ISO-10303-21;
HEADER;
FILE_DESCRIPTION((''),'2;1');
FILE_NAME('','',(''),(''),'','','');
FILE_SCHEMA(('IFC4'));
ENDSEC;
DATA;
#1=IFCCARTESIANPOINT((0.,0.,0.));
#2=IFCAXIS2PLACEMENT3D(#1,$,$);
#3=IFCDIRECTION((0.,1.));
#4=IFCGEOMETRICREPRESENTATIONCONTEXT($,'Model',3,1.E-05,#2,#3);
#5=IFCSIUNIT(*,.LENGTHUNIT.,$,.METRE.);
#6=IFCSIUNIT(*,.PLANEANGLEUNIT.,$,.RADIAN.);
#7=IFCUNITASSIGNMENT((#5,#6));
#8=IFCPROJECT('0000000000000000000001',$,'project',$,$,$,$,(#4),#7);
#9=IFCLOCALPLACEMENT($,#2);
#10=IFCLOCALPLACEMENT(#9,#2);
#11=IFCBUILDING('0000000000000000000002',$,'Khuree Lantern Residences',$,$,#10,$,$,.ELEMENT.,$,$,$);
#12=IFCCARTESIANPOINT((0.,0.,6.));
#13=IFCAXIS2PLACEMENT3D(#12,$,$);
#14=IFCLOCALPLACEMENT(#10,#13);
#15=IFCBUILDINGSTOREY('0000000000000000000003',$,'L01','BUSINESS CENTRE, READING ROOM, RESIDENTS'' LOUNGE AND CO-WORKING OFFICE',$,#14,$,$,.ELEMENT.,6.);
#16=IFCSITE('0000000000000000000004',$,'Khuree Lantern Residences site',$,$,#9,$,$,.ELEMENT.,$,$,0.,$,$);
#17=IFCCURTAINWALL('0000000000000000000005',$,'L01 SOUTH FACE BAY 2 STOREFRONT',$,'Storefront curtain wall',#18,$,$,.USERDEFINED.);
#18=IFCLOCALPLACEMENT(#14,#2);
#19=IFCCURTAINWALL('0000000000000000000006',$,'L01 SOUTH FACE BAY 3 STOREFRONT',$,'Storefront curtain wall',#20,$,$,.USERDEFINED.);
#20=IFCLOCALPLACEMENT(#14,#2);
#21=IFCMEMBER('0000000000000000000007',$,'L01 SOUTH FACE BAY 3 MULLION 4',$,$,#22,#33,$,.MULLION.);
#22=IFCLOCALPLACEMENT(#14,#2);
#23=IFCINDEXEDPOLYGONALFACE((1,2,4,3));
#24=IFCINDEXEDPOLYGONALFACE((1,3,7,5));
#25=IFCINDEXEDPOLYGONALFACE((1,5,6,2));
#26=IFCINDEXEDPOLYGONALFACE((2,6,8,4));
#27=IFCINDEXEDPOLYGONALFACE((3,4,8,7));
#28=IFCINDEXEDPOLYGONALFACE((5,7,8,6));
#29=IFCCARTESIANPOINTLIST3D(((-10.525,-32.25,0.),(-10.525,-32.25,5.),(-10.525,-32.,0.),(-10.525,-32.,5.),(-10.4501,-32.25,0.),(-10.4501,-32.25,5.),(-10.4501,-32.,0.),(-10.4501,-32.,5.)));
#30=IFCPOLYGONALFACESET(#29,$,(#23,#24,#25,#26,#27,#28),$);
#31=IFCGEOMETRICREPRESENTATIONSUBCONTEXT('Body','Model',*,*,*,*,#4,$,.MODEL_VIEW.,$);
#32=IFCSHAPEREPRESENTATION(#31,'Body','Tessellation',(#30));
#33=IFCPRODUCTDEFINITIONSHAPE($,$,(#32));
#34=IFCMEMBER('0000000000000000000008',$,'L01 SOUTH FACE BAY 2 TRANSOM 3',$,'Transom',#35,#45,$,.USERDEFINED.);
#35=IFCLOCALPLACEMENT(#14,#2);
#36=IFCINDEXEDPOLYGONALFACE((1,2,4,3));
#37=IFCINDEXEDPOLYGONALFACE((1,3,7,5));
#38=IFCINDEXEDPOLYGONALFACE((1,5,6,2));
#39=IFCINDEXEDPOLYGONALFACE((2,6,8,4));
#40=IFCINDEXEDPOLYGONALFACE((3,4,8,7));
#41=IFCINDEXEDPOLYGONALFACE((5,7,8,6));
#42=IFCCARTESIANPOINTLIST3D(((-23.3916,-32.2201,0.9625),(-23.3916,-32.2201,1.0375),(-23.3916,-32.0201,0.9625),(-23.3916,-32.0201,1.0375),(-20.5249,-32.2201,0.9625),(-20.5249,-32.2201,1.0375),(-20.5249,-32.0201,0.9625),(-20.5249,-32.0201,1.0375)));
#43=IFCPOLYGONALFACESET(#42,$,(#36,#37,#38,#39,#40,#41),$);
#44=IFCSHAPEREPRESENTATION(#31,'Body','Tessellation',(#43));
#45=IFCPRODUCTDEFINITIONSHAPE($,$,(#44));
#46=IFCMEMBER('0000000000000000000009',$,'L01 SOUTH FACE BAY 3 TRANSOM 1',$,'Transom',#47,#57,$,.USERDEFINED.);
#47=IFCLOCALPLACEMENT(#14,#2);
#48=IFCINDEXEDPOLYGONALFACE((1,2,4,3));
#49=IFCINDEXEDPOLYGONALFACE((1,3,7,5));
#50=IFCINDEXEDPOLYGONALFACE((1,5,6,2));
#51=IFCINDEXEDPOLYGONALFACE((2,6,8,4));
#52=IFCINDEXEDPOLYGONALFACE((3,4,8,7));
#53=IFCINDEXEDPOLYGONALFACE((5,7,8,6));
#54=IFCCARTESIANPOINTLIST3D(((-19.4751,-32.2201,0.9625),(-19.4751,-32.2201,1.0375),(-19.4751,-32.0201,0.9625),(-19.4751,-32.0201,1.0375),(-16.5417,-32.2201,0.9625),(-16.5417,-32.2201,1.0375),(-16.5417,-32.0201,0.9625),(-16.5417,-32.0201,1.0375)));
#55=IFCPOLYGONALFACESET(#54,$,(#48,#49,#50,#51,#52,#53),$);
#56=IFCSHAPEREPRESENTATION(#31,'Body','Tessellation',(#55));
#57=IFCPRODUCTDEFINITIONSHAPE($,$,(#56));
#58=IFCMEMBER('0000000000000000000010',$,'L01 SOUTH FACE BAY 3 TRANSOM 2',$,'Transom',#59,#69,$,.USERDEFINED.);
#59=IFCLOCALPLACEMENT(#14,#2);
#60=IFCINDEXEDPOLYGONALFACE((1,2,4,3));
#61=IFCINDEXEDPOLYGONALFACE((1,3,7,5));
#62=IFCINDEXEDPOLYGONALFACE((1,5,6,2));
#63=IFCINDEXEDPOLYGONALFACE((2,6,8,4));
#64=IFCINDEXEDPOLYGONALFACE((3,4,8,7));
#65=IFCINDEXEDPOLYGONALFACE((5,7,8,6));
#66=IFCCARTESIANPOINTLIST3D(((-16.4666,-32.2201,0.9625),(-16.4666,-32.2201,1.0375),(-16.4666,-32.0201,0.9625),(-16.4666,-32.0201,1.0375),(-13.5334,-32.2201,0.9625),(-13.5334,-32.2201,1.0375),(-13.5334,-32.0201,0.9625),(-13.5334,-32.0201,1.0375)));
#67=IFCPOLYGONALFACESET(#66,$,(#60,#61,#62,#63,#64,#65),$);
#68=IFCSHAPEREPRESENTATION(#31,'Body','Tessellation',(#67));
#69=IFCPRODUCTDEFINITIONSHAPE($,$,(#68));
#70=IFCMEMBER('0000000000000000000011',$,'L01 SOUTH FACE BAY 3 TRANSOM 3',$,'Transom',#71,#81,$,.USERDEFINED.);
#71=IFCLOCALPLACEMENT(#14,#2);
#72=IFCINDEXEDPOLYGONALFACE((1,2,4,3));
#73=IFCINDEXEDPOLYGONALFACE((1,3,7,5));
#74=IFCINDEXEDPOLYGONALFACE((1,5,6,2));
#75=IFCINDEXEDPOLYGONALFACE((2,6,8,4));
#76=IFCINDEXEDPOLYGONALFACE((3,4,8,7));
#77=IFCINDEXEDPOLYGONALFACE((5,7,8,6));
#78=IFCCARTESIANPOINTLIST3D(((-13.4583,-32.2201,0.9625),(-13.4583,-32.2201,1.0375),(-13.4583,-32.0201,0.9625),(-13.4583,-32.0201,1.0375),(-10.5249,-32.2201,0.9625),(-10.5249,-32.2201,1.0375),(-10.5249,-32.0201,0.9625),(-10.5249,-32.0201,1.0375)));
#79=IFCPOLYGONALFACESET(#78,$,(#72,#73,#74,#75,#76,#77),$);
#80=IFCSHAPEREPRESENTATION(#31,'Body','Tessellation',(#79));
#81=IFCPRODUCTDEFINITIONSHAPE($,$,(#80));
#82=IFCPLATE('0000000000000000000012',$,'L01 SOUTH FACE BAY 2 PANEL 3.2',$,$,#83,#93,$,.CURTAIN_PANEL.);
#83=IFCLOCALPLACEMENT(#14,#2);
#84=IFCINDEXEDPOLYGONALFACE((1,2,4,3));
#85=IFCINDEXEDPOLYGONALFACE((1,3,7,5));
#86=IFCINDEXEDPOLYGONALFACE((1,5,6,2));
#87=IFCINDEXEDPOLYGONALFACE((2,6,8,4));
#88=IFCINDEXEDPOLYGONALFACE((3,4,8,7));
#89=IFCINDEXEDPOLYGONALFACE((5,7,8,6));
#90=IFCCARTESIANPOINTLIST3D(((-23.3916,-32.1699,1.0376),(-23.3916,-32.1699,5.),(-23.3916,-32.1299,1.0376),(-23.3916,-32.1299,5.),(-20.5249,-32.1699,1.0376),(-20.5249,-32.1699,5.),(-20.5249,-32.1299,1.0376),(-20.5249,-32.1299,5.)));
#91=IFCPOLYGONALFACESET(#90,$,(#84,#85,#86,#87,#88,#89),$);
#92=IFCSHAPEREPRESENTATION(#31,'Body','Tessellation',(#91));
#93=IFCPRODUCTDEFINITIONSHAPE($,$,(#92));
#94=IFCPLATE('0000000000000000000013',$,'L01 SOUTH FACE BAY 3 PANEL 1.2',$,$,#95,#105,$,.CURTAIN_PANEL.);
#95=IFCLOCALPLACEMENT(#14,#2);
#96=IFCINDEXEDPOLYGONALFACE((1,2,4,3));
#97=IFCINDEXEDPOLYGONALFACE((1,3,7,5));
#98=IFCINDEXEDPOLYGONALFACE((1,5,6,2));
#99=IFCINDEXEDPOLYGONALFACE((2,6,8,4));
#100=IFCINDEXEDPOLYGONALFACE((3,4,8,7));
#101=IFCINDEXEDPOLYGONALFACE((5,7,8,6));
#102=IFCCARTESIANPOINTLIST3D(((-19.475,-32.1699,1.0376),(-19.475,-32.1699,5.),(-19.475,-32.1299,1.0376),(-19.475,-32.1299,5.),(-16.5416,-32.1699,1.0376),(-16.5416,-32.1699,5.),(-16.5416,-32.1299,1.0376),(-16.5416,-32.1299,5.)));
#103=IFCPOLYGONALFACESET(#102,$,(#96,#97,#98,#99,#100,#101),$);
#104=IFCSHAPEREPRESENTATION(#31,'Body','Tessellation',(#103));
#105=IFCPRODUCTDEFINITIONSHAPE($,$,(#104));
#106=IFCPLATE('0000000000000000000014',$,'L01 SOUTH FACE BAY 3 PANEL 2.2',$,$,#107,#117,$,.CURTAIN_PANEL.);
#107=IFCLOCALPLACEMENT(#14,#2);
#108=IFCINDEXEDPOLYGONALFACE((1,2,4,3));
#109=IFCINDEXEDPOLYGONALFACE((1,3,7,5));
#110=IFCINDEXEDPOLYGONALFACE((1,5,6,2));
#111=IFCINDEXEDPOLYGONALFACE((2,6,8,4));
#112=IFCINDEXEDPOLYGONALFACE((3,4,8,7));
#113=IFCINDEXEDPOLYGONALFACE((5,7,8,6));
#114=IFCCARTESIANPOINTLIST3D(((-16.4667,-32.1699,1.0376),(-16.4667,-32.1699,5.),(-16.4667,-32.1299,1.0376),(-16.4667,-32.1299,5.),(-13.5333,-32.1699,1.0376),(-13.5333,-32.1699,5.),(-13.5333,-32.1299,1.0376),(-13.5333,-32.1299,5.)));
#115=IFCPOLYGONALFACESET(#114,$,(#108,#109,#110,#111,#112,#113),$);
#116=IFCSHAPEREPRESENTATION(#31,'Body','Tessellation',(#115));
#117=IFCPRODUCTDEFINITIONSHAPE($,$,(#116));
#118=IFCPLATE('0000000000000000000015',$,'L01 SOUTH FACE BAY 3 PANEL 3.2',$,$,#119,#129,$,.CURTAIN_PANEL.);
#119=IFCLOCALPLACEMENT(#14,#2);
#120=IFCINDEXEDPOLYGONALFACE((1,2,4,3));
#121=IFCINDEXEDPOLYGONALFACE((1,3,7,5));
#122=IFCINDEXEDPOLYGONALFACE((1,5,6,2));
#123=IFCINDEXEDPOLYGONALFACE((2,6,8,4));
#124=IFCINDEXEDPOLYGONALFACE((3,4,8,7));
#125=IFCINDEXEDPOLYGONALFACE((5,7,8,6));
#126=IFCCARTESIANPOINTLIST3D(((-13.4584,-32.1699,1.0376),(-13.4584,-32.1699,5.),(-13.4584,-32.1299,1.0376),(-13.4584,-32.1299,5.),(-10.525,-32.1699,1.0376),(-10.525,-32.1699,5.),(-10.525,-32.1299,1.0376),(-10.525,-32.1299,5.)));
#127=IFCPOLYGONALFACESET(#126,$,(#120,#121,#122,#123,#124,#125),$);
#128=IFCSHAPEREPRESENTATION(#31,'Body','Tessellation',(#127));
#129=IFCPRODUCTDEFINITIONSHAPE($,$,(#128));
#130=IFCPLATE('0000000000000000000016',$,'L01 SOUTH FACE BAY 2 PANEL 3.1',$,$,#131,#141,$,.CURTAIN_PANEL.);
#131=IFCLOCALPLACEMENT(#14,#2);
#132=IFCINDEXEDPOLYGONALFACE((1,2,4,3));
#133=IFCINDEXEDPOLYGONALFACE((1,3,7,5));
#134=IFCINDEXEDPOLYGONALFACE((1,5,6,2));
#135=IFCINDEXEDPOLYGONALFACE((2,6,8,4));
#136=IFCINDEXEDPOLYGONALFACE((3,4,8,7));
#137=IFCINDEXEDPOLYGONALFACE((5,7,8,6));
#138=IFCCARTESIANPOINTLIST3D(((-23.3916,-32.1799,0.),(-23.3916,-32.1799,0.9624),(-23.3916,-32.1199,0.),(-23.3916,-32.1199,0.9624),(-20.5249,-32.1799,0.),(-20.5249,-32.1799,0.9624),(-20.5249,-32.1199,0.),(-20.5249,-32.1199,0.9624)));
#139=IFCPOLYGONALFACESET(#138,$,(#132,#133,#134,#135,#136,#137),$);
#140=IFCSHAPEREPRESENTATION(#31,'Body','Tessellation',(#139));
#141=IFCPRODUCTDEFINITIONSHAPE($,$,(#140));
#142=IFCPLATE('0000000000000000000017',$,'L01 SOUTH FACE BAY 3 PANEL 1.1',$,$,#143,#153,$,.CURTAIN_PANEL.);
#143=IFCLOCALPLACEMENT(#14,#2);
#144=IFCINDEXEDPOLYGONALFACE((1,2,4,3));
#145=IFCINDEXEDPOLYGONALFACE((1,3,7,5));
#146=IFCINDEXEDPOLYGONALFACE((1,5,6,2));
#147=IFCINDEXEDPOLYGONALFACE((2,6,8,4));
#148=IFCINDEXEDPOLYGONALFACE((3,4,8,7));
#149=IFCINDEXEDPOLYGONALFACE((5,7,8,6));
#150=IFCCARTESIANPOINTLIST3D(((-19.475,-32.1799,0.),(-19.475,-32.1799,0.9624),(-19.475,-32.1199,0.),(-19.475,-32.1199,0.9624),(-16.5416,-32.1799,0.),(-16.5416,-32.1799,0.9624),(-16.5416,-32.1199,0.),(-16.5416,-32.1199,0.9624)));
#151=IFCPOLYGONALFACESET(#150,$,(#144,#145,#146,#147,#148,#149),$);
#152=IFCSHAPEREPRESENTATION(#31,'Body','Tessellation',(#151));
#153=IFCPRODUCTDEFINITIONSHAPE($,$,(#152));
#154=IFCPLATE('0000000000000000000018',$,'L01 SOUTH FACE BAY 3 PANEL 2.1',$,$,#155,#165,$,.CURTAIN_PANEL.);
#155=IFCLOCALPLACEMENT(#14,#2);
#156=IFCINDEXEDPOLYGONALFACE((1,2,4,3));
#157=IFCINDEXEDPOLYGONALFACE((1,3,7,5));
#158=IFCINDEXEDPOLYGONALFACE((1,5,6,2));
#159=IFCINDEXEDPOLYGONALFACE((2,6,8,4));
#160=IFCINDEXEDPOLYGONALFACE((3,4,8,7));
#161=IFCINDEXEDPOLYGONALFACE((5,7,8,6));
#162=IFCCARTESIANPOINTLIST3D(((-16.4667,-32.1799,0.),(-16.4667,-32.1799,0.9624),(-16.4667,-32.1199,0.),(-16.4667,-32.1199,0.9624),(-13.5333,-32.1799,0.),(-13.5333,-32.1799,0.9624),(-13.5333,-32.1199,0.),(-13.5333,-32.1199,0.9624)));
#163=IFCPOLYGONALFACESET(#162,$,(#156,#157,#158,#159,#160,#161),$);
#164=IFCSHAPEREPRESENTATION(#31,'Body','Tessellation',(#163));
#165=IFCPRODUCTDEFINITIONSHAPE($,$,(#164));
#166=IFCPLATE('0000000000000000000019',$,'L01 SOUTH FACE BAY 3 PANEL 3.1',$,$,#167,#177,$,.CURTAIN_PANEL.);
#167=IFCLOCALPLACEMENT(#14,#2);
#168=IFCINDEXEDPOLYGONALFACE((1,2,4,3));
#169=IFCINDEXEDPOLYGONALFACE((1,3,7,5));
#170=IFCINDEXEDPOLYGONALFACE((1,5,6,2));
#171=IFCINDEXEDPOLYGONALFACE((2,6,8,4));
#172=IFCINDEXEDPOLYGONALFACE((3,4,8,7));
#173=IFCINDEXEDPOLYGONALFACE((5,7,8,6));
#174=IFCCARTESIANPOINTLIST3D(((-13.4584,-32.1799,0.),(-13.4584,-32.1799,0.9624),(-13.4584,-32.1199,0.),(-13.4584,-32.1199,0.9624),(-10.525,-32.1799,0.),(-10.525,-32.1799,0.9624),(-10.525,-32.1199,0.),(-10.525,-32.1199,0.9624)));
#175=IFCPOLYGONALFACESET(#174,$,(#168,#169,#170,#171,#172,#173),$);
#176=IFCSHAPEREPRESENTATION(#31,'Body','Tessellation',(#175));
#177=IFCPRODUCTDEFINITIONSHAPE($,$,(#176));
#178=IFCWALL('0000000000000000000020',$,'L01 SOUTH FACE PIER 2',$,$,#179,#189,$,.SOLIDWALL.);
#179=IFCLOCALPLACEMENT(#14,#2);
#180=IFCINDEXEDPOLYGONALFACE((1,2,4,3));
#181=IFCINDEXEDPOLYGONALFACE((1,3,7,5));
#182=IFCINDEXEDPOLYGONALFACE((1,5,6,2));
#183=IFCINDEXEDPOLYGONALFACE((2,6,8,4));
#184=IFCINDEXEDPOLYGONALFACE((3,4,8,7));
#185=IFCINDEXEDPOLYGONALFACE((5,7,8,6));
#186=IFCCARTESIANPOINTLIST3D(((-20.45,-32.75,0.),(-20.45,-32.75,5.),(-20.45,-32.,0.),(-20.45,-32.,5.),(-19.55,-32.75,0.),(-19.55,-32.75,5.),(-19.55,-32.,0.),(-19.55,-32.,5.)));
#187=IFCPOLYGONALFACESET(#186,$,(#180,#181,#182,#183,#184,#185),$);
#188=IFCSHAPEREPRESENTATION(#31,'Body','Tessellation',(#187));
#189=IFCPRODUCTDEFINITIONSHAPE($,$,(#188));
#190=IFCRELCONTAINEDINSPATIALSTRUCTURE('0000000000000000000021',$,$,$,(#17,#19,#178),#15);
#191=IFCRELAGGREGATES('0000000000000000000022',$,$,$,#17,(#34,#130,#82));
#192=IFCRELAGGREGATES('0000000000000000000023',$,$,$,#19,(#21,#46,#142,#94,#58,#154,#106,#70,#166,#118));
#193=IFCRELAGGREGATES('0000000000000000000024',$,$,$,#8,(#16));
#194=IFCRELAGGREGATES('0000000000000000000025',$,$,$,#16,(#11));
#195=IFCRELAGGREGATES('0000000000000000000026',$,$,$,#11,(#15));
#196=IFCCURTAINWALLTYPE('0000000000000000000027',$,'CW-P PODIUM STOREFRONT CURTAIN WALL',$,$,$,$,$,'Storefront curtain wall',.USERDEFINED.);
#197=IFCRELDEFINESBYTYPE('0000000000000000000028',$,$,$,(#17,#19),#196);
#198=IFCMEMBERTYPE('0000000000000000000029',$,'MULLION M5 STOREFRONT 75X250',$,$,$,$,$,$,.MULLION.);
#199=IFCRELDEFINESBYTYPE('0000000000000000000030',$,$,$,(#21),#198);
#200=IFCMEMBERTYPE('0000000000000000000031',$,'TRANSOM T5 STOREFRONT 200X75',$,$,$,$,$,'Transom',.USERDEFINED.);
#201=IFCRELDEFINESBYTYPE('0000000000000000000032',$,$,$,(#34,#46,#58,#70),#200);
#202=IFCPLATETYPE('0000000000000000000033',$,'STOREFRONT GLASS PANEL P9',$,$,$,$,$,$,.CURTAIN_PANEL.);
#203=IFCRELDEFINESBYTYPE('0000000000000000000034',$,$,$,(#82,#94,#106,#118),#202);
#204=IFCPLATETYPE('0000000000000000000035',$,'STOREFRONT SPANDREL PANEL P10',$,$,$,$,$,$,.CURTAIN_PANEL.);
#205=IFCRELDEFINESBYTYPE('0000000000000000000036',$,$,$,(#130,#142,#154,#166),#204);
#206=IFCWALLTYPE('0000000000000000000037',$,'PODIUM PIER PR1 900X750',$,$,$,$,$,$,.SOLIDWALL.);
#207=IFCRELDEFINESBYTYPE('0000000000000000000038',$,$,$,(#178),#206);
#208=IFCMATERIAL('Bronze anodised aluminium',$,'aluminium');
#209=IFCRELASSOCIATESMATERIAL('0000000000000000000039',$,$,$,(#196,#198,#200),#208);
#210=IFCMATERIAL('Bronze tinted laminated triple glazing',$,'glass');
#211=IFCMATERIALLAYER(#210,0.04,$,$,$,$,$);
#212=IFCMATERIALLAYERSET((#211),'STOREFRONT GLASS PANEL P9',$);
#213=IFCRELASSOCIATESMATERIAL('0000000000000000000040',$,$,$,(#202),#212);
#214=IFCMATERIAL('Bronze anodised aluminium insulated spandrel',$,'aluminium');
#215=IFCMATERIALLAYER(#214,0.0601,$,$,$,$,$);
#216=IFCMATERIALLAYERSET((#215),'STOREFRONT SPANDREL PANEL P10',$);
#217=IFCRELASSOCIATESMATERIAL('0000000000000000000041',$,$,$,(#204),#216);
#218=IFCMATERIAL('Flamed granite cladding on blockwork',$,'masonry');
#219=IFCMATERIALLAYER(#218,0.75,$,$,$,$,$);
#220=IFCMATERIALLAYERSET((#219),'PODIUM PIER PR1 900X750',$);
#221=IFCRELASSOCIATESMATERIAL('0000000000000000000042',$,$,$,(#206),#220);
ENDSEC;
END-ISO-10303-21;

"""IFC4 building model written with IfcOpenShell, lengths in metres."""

from ifc_helpers import new_model, si_unit, direction, frame, frame_2d, origin, origin_2d, place, context, subcontext, project, spatial, rectangle, extrude, material, layer, layer_set, material_profile, profile_set, type_object, element, aggregate, save


model = new_model("IFC4")

# Units and contexts
model_context = context("Model", 3, precision=1e-05, world=origin(), true_north=direction((0.0, 1.0)))
body_context = subcontext(model_context, "Body", "Model", "MODEL_VIEW")
ifc_project = project(units=[si_unit("LENGTHUNIT", "METRE"), si_unit("PLANEANGLEUNIT", "RADIAN")], contexts=[model_context])

# Site, building, storey
site_placement = place(None, origin())
site = spatial("IfcSite", under=ifc_project, at=site_placement, Name="Khuree Lantern Residences site", CompositionType="ELEMENT", RefElevation=0.0)
building_placement = place(site_placement, origin())
building = spatial("IfcBuilding", under=site, at=building_placement, Name="Khuree Lantern Residences", CompositionType="ELEMENT")
storey_placement = place(building_placement, frame((0.0, 0.0, 6.0)))
storey = spatial("IfcBuildingStorey", under=building, at=storey_placement, Name="L01", Description="BUSINESS CENTRE, READING ROOM, RESIDENTS' LOUNGE AND CO-WORKING OFFICE", CompositionType="ELEMENT", Elevation=6.0)

# Curtain wall
ifc_material_1 = material(Name="Bronze anodised aluminium", Category="aluminium")
curtain_wall_type = type_object("IfcCurtainWallType", Name="CW-P PODIUM STOREFRONT CURTAIN WALL", ElementType="Storefront curtain wall", PredefinedType="USERDEFINED", material=ifc_material_1)
curtain_wall_1_placement = place(storey_placement, origin())
curtain_wall_1 = element("IfcCurtainWall", 1, at=curtain_wall_1_placement, inside=storey, type_object=curtain_wall_type, Name="L01 SOUTH FACE BAY 2 STOREFRONT", ObjectType="Storefront curtain wall", PredefinedType="USERDEFINED")
ifc_material_profile_1 = material_profile(ifc_material_1, rectangle(XDim=0.075, YDim=0.25, at=origin_2d()), Name="M5 75X250")
ifc_profile_set_1 = profile_set([ifc_material_profile_1], Name="Bronze anodised aluminium")
member_type_1 = type_object("IfcMemberType", Name="MULLION M5 STOREFRONT 75X250", PredefinedType="MULLION", material=ifc_profile_set_1)

# Curtain wall, member
curtain_wall_2_placement = place(storey_placement, origin())
curtain_wall_2 = element("IfcCurtainWall", 2, at=curtain_wall_2_placement, inside=storey, type_object=curtain_wall_type, Name="L01 SOUTH FACE BAY 3 STOREFRONT", ObjectType="Storefront curtain wall", PredefinedType="USERDEFINED")
member_1_placement = place(storey_placement, frame((-10.4875, -32.125, 0.0), z_axis=(0.0, 0.0, 1.0), x_axis=(1.0, 0.0, 0.0)))
member_1 = element("IfcMember", 3, at=member_1_placement, type_object=member_type_1, Name="L01 SOUTH FACE BAY 3 MULLION 4", PredefinedType="MULLION", context=body_context, shape_type="SweptSolid", body=[
    extrude(rectangle(XDim=0.075, YDim=0.25, at=origin_2d()), origin(), (0.0, 0.0, 1.0), 5.0),
])

# Members
ifc_material_profile_2 = material_profile(ifc_material_1, rectangle(XDim=0.2, YDim=0.075, at=origin_2d()), Name="T5 200X75")
ifc_profile_set_2 = profile_set([ifc_material_profile_2], Name="Bronze anodised aluminium")
member_type_2 = type_object("IfcMemberType", Name="TRANSOM T5 STOREFRONT 200X75", ElementType="Transom", PredefinedType="USERDEFINED", material=ifc_profile_set_2)
member_2_placement = place(storey_placement, frame((-23.3916, -32.1201, 1.0), z_axis=(1.0, 0.0, 0.0), x_axis=(0.0, 1.0, 0.0)))
member_2 = element("IfcMember", 4, at=member_2_placement, type_object=member_type_2, Name="L01 SOUTH FACE BAY 2 TRANSOM 3", ObjectType="Transom", PredefinedType="USERDEFINED", context=body_context, shape_type="SweptSolid", body=[
    extrude(rectangle(XDim=0.2, YDim=0.075, at=origin_2d()), origin(), (0.0, 0.0, 1.0), 2.8667),
])
member_3_placement = place(storey_placement, frame((-19.4751, -32.1201, 1.0), z_axis=(1.0, 0.0, 0.0), x_axis=(0.0, 1.0, 0.0)))
member_3 = element("IfcMember", 5, at=member_3_placement, type_object=member_type_2, Name="L01 SOUTH FACE BAY 3 TRANSOM 1", ObjectType="Transom", PredefinedType="USERDEFINED", context=body_context, shape_type="SweptSolid", body=[
    extrude(rectangle(XDim=0.2, YDim=0.075, at=origin_2d()), origin(), (0.0, 0.0, 1.0), 2.9333),
])
member_4_placement = place(storey_placement, frame((-16.4666, -32.1201, 1.0), z_axis=(1.0, 0.0, 0.0), x_axis=(0.0, 1.0, 0.0)))
member_4 = element("IfcMember", 6, at=member_4_placement, type_object=member_type_2, Name="L01 SOUTH FACE BAY 3 TRANSOM 2", ObjectType="Transom", PredefinedType="USERDEFINED", context=body_context, shape_type="SweptSolid", body=[
    extrude(rectangle(XDim=0.2, YDim=0.075, at=origin_2d()), origin(), (0.0, 0.0, 1.0), 2.9331),
])
member_5_placement = place(storey_placement, frame((-13.4583, -32.1201, 1.0), z_axis=(1.0, 0.0, 0.0), x_axis=(0.0, 1.0, 0.0)))
member_5 = element("IfcMember", 7, at=member_5_placement, type_object=member_type_2, Name="L01 SOUTH FACE BAY 3 TRANSOM 3", ObjectType="Transom", PredefinedType="USERDEFINED", context=body_context, shape_type="SweptSolid", body=[
    extrude(rectangle(XDim=0.2, YDim=0.075, at=origin_2d()), origin(), (0.0, 0.0, 1.0), 2.9333),
])

# Plates
ifc_material_2 = material(Name="Bronze tinted laminated triple glazing", Category="glass")
ifc_layer_1 = layer(ifc_material_2, 0.04)
ifc_layer_set_1 = layer_set([ifc_layer_1], Name="STOREFRONT GLASS PANEL P9")
plate_type_1 = type_object("IfcPlateType", Name="STOREFRONT GLASS PANEL P9", PredefinedType="CURTAIN_PANEL", material=ifc_layer_set_1)
plate_1_placement = place(storey_placement, frame((-21.9583, -32.1499, 1.0376), z_axis=(0.0, 0.0, 1.0), x_axis=(1.0, 0.0, 0.0)))
plate_1 = element("IfcPlate", 8, at=plate_1_placement, type_object=plate_type_1, Name="L01 SOUTH FACE BAY 2 PANEL 3.2", PredefinedType="CURTAIN_PANEL", context=body_context, shape_type="SweptSolid", body=[
    extrude(rectangle(XDim=2.8667, YDim=0.04, at=origin_2d()), origin(), (0.0, 0.0, 1.0), 3.9624),
])
plate_2_placement = place(storey_placement, frame((-18.0083, -32.1499, 1.0376), z_axis=(0.0, 0.0, 1.0), x_axis=(1.0, 0.0, 0.0)))
plate_2 = element("IfcPlate", 9, at=plate_2_placement, type_object=plate_type_1, Name="L01 SOUTH FACE BAY 3 PANEL 1.2", PredefinedType="CURTAIN_PANEL", context=body_context, shape_type="SweptSolid", body=[
    extrude(rectangle(XDim=2.9333, YDim=0.04, at=origin_2d()), origin(), (0.0, 0.0, 1.0), 3.9624),
])
plate_3_placement = place(storey_placement, frame((-15.0, -32.1499, 1.0376), z_axis=(0.0, 0.0, 1.0), x_axis=(1.0, 0.0, 0.0)))
plate_3 = element("IfcPlate", 10, at=plate_3_placement, type_object=plate_type_1, Name="L01 SOUTH FACE BAY 3 PANEL 2.2", PredefinedType="CURTAIN_PANEL", context=body_context, shape_type="SweptSolid", body=[
    extrude(rectangle(XDim=2.9333, YDim=0.04, at=origin_2d()), origin(), (0.0, 0.0, 1.0), 3.9624),
])
plate_4_placement = place(storey_placement, frame((-11.9917, -32.1499, 1.0376), z_axis=(0.0, 0.0, 1.0), x_axis=(1.0, 0.0, 0.0)))
plate_4 = element("IfcPlate", 11, at=plate_4_placement, type_object=plate_type_1, Name="L01 SOUTH FACE BAY 3 PANEL 3.2", PredefinedType="CURTAIN_PANEL", context=body_context, shape_type="SweptSolid", body=[
    extrude(rectangle(XDim=2.9333, YDim=0.04, at=origin_2d()), origin(), (0.0, 0.0, 1.0), 3.9624),
])
ifc_material_3 = material(Name="Bronze anodised aluminium insulated spandrel", Category="aluminium")
ifc_layer_2 = layer(ifc_material_3, 0.0601)
ifc_layer_set_2 = layer_set([ifc_layer_2], Name="STOREFRONT SPANDREL PANEL P10")
plate_type_2 = type_object("IfcPlateType", Name="STOREFRONT SPANDREL PANEL P10", PredefinedType="CURTAIN_PANEL", material=ifc_layer_set_2)
plate_5_placement = place(storey_placement, frame((-21.9583, -32.1499, 0.0), z_axis=(0.0, 0.0, 1.0), x_axis=(1.0, 0.0, 0.0)))
plate_5 = element("IfcPlate", 12, at=plate_5_placement, type_object=plate_type_2, Name="L01 SOUTH FACE BAY 2 PANEL 3.1", PredefinedType="CURTAIN_PANEL", context=body_context, shape_type="SweptSolid", body=[
    extrude(rectangle(XDim=2.8667, YDim=0.0601, at=origin_2d()), origin(), (0.0, 0.0, 1.0), 0.9624),
])
aggregate(curtain_wall_1, [member_2, plate_5, plate_1])
plate_6_placement = place(storey_placement, frame((-18.0083, -32.1499, 0.0), z_axis=(0.0, 0.0, 1.0), x_axis=(1.0, 0.0, 0.0)))
plate_6 = element("IfcPlate", 13, at=plate_6_placement, type_object=plate_type_2, Name="L01 SOUTH FACE BAY 3 PANEL 1.1", PredefinedType="CURTAIN_PANEL", context=body_context, shape_type="SweptSolid", body=[
    extrude(rectangle(XDim=2.9333, YDim=0.0601, at=origin_2d()), origin(), (0.0, 0.0, 1.0), 0.9624),
])
plate_7_placement = place(storey_placement, frame((-15.0, -32.1499, 0.0), z_axis=(0.0, 0.0, 1.0), x_axis=(1.0, 0.0, 0.0)))
plate_7 = element("IfcPlate", 14, at=plate_7_placement, type_object=plate_type_2, Name="L01 SOUTH FACE BAY 3 PANEL 2.1", PredefinedType="CURTAIN_PANEL", context=body_context, shape_type="SweptSolid", body=[
    extrude(rectangle(XDim=2.9333, YDim=0.0601, at=origin_2d()), origin(), (0.0, 0.0, 1.0), 0.9624),
])
plate_8_placement = place(storey_placement, frame((-11.9917, -32.1499, 0.0), z_axis=(0.0, 0.0, 1.0), x_axis=(1.0, 0.0, 0.0)))
plate_8 = element("IfcPlate", 15, at=plate_8_placement, type_object=plate_type_2, Name="L01 SOUTH FACE BAY 3 PANEL 3.1", PredefinedType="CURTAIN_PANEL", context=body_context, shape_type="SweptSolid", body=[
    extrude(rectangle(XDim=2.9333, YDim=0.0601, at=origin_2d()), origin(), (0.0, 0.0, 1.0), 0.9624),
])
aggregate(curtain_wall_2, [member_1, member_3, plate_6, plate_2, member_4, plate_7, plate_3, member_5, plate_8, plate_4])

# Wall
ifc_material_4 = material(Name="Flamed granite cladding on blockwork", Category="masonry")
ifc_layer_3 = layer(ifc_material_4, 0.75)
ifc_layer_set_3 = layer_set([ifc_layer_3], Name="PODIUM PIER PR1 900X750")
wall_type_1 = type_object("IfcWallType", Name="PODIUM PIER PR1 900X750", PredefinedType="SOLIDWALL", material=ifc_layer_set_3)
wall_1_placement = place(storey_placement, frame((-20.45, -32.375, 0.0), z_axis=(0.0, 0.0, 1.0), x_axis=(1.0, 0.0, 0.0)))
element("IfcWall", 16, at=wall_1_placement, inside=storey, type_object=wall_type_1, Name="L01 SOUTH FACE PIER 2", PredefinedType="SOLIDWALL", context=body_context, shape_type="SweptSolid", body=[
    extrude(rectangle(XDim=0.8999, YDim=0.75, at=frame_2d((0.45, 0.0))), origin(), (0.0, 0.0, 1.0), 5.0),
])

save(model, "model.ifc")
